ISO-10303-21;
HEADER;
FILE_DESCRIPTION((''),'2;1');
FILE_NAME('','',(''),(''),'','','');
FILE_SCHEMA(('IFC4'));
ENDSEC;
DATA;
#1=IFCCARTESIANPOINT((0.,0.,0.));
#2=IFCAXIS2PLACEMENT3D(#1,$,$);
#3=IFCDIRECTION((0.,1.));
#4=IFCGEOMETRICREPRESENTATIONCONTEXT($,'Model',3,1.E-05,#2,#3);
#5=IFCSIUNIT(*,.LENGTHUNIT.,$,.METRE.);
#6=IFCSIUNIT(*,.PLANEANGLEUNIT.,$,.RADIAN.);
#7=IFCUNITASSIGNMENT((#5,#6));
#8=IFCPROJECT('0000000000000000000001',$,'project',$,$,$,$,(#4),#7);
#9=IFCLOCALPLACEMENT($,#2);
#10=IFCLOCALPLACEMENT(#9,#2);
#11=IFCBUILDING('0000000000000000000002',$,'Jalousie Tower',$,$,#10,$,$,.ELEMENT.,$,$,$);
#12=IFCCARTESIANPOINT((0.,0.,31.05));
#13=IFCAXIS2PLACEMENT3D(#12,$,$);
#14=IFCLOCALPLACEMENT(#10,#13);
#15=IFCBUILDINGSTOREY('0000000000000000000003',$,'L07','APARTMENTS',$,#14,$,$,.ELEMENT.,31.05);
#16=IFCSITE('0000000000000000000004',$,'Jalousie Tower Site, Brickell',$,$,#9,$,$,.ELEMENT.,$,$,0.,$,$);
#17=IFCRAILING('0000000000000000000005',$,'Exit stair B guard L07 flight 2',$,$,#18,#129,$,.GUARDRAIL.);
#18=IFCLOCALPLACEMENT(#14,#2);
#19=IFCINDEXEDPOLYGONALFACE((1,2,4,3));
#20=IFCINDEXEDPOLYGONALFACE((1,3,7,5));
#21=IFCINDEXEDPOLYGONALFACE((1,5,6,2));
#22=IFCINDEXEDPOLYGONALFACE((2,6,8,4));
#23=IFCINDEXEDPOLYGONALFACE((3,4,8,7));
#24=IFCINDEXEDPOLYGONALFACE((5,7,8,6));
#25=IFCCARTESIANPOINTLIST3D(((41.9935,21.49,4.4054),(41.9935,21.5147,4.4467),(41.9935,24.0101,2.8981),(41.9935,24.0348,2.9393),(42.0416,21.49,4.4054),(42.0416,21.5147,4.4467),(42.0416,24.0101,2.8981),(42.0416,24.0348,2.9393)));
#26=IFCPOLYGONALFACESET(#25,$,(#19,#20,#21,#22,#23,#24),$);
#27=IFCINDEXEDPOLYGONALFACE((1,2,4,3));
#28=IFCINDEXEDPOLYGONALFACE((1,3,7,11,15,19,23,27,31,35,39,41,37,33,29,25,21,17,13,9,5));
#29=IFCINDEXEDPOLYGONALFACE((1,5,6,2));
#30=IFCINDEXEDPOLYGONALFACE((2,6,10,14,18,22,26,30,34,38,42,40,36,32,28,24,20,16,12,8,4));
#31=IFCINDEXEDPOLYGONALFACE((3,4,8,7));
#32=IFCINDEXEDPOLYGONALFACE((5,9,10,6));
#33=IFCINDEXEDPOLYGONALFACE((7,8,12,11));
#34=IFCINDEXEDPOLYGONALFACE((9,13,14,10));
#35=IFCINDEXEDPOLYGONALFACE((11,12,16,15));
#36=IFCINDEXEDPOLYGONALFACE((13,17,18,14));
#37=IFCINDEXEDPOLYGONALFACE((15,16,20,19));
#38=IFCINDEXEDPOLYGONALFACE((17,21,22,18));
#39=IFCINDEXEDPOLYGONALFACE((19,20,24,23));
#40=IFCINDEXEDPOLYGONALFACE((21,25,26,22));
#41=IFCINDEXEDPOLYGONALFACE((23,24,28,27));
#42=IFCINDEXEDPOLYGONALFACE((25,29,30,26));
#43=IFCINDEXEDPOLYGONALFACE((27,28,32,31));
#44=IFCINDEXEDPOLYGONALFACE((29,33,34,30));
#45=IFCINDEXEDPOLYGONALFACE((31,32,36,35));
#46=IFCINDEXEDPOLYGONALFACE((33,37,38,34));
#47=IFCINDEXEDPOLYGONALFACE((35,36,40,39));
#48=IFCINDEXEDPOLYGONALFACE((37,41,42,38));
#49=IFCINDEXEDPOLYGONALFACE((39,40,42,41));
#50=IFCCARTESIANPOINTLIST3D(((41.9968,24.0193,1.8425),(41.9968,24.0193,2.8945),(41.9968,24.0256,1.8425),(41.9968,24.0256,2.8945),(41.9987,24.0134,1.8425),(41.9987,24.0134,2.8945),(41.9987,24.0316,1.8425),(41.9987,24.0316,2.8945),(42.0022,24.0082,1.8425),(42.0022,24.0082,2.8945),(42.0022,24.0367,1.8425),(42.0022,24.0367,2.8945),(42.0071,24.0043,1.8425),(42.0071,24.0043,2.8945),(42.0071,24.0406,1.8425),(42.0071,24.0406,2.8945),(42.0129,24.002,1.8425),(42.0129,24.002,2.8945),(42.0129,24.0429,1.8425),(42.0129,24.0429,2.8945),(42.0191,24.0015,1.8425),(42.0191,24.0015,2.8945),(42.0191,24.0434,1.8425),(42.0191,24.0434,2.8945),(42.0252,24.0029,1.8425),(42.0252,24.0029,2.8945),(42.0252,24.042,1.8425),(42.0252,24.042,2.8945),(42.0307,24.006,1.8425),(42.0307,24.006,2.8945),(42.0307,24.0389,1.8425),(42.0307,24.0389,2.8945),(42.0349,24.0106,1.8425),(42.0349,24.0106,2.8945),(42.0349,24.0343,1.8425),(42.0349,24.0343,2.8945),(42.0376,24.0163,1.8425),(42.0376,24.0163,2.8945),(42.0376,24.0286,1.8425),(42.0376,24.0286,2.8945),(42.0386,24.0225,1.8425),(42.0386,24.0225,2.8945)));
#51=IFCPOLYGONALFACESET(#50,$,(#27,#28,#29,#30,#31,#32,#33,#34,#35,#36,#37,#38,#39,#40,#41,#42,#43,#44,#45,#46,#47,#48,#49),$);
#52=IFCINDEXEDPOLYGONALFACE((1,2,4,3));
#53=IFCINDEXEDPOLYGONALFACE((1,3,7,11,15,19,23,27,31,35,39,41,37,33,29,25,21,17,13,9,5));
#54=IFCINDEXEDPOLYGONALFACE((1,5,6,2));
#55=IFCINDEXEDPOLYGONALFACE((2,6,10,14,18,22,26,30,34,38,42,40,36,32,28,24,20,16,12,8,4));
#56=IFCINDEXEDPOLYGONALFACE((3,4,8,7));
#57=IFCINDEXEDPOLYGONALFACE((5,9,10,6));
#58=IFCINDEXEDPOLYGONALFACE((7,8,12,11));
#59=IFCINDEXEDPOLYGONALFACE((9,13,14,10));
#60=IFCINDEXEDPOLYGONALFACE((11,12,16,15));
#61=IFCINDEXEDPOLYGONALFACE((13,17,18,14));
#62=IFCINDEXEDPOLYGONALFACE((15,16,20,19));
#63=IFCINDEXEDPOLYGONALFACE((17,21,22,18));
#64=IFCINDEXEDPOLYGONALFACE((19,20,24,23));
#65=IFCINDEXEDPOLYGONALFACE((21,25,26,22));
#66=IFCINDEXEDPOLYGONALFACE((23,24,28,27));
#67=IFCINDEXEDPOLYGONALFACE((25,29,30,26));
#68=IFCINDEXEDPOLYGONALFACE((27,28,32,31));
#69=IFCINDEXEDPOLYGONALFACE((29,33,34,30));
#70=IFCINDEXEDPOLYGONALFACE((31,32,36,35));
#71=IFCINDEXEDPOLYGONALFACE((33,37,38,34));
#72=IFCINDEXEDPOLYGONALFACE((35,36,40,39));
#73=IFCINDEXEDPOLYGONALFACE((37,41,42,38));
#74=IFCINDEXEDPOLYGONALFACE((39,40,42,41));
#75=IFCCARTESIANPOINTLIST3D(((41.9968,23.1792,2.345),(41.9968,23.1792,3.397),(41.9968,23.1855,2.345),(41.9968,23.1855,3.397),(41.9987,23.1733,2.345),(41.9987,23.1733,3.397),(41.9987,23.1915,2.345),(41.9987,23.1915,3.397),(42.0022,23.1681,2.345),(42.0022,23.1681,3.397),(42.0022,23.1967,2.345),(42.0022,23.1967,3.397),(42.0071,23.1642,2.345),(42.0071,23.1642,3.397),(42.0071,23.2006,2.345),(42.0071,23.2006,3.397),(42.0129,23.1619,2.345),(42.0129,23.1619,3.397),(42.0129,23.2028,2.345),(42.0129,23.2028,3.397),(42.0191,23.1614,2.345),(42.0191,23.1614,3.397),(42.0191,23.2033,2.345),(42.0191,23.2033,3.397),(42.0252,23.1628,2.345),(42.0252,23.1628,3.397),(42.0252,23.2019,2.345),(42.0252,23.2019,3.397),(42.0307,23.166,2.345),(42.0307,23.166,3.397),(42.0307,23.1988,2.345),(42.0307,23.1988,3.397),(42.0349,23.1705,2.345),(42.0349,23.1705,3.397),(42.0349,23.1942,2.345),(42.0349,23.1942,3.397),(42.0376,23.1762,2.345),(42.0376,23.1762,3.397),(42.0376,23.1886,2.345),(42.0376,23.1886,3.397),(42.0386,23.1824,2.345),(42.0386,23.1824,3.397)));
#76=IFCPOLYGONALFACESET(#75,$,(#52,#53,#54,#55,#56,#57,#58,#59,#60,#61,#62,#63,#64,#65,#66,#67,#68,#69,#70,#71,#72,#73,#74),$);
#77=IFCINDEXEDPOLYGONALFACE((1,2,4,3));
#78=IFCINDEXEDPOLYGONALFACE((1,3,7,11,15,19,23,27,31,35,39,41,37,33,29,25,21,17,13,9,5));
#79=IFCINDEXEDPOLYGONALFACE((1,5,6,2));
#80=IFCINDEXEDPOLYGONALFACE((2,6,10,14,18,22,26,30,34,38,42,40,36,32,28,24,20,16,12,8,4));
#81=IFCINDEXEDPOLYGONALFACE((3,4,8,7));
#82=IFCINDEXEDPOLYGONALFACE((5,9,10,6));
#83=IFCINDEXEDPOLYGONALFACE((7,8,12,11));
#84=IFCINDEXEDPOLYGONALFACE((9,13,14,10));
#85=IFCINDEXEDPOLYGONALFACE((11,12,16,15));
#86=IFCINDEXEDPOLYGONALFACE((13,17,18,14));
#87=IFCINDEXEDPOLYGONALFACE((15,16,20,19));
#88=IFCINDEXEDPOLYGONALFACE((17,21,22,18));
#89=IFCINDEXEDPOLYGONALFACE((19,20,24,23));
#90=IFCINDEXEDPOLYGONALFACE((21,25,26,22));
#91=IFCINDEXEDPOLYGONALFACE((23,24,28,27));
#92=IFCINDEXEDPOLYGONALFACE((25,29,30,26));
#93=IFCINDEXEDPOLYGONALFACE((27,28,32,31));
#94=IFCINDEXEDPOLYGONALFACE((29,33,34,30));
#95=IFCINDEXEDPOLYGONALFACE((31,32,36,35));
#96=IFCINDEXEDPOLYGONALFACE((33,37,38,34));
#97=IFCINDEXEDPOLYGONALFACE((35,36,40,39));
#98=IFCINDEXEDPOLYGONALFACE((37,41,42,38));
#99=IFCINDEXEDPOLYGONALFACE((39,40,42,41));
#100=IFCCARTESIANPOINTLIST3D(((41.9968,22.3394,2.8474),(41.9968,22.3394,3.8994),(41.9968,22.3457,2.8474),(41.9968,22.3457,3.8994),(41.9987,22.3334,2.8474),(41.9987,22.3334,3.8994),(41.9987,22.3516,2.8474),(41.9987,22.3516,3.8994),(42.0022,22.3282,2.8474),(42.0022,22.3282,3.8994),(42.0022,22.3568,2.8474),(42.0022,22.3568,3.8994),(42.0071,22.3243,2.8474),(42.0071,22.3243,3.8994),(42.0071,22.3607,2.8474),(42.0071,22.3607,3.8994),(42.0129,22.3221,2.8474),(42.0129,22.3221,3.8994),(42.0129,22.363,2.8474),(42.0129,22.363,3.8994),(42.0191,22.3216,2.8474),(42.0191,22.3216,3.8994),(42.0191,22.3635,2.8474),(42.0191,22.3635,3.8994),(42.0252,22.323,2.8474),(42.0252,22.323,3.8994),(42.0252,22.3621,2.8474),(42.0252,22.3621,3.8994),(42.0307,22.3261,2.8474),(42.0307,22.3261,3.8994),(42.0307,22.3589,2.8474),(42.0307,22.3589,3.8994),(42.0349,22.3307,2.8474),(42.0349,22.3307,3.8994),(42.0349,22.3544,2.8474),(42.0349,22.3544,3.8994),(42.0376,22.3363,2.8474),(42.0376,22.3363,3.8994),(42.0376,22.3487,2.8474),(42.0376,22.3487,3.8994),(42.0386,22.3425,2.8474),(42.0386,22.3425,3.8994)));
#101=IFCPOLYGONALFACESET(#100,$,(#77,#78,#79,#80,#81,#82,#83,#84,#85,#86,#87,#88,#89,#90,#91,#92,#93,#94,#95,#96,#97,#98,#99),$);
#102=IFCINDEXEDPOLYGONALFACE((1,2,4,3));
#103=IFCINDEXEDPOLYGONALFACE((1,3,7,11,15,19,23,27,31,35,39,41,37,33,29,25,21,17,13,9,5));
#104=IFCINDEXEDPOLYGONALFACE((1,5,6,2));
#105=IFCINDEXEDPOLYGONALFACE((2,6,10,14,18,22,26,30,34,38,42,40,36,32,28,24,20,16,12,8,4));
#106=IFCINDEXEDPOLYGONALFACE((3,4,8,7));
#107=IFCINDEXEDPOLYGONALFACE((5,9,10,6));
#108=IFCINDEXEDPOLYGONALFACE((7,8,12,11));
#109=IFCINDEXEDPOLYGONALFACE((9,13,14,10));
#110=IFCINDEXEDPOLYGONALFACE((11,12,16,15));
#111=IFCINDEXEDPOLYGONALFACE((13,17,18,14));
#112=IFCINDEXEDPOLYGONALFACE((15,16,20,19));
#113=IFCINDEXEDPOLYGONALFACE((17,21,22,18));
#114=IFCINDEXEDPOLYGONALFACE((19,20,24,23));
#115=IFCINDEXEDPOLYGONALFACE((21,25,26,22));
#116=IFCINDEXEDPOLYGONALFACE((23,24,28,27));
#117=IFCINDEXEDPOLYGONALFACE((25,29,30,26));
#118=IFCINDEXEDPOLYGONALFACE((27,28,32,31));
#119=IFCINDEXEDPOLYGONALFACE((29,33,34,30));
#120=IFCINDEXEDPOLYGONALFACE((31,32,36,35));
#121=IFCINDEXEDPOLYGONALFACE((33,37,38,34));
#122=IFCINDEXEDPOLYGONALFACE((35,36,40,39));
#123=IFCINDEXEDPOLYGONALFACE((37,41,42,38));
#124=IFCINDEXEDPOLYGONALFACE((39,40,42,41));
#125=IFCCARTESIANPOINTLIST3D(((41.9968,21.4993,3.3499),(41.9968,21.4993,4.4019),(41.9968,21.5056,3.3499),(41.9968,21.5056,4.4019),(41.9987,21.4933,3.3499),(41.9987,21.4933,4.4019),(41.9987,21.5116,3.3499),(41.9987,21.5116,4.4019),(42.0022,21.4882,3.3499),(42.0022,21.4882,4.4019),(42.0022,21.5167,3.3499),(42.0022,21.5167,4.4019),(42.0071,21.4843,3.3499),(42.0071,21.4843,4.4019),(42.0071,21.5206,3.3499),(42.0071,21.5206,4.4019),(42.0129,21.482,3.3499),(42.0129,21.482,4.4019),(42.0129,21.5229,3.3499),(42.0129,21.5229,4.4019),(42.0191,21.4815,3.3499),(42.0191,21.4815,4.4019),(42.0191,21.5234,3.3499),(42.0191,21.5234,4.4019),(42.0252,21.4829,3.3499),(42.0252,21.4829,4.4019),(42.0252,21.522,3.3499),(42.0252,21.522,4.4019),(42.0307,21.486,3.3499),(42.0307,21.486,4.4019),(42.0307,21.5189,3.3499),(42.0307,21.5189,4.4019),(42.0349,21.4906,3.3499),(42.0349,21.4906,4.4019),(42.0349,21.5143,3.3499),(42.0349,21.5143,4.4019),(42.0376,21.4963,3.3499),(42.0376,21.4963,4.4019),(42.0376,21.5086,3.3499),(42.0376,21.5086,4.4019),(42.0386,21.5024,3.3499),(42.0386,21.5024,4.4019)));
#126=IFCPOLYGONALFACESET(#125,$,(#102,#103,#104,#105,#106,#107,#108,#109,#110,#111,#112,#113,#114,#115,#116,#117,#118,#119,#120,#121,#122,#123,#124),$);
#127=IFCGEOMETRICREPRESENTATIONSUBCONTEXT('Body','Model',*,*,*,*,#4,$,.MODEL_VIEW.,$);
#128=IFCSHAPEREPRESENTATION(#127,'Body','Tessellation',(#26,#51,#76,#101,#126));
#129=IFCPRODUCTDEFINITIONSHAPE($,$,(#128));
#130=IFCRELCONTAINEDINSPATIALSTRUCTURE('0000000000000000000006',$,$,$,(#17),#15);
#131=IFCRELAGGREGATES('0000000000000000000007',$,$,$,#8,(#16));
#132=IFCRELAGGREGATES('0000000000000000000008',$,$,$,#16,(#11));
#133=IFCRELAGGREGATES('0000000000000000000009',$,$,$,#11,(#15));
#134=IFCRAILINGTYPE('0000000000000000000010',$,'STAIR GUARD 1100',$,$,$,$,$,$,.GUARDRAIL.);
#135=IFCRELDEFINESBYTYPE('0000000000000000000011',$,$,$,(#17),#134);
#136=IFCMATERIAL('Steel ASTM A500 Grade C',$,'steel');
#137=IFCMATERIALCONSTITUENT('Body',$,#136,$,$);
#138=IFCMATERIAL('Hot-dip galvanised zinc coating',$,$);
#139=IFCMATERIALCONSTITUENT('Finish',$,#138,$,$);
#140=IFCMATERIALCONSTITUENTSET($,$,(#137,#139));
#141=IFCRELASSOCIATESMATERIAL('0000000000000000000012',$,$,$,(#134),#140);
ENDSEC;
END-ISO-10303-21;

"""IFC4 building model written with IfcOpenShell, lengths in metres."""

from ifc_helpers import new_model, si_unit, direction, frame, origin, origin_2d, place, context, subcontext, project, spatial, rectangle, circle, extrude, material, constituent, constituent_set, type_object, element, save


model = new_model("IFC4")

# Units and contexts
model_context = context("Model", 3, precision=1e-05, world=origin(), true_north=direction((0.0, 1.0)))
body_context = subcontext(model_context, "Body", "Model", "MODEL_VIEW")
ifc_project = project(units=[si_unit("LENGTHUNIT", "METRE"), si_unit("PLANEANGLEUNIT", "RADIAN")], contexts=[model_context])

# Site, building, storey
site_placement = place(None, origin())
site = spatial("IfcSite", under=ifc_project, at=site_placement, Name="Jalousie Tower Site, Brickell", CompositionType="ELEMENT", RefElevation=0.0)
building_placement = place(site_placement, origin())
building = spatial("IfcBuilding", under=site, at=building_placement, Name="Jalousie Tower", CompositionType="ELEMENT")
storey_placement = place(building_placement, frame((0.0, 0.0, 31.05)))
storey = spatial("IfcBuildingStorey", under=building, at=storey_placement, Name="L07", Description="APARTMENTS", CompositionType="ELEMENT", Elevation=31.05)

# Railing
ifc_material_1 = material(Name="Steel ASTM A500 Grade C", Category="steel")
ifc_constituent_1 = constituent(ifc_material_1, Name="Body")
ifc_material_2 = material(Name="Hot-dip galvanised zinc coating")
ifc_constituent_2 = constituent(ifc_material_2, Name="Finish")
ifc_constituent_set_1 = constituent_set(constituents=[ifc_constituent_1, ifc_constituent_2])
railing_type_1 = type_object("IfcRailingType", Name="STAIR GUARD 1100", PredefinedType="GUARDRAIL", material=ifc_constituent_set_1)
railing_1_placement = place(storey_placement, frame((42.0176, 24.0225, 1.8425)))
element("IfcRailing", 1, at=railing_1_placement, inside=storey, type_object=railing_type_1, Name="Exit stair B guard L07 flight 2", PredefinedType="GUARDRAIL", context=body_context, shape_type="SweptSolid", body=[
    extrude(rectangle(XDim=0.0481, YDim=0.0481, at=origin_2d()), frame((0.0, 0.0, 1.0762), z_axis=(0.0, -0.858196, 0.513321), x_axis=(1.0, 0.0, 0.0)), (0.0, 0.0, 1.0), 2.9365),
    extrude(circle(Radius=0.021, at=origin_2d()), origin(), (0.0, 0.0, 1.0), 1.052),
    extrude(circle(Radius=0.021, at=origin_2d()), frame((0.0, -0.8401, 0.5024)), (0.0, 0.0, 1.0), 1.052),
    extrude(circle(Radius=0.021, at=origin_2d()), frame((0.0, -1.6799, 1.0049)), (0.0, 0.0, 1.0), 1.052),
    extrude(circle(Radius=0.021, at=origin_2d()), frame((0.0, -2.52, 1.5073)), (0.0, 0.0, 1.0), 1.052),
])

save(model, "model.ifc")
